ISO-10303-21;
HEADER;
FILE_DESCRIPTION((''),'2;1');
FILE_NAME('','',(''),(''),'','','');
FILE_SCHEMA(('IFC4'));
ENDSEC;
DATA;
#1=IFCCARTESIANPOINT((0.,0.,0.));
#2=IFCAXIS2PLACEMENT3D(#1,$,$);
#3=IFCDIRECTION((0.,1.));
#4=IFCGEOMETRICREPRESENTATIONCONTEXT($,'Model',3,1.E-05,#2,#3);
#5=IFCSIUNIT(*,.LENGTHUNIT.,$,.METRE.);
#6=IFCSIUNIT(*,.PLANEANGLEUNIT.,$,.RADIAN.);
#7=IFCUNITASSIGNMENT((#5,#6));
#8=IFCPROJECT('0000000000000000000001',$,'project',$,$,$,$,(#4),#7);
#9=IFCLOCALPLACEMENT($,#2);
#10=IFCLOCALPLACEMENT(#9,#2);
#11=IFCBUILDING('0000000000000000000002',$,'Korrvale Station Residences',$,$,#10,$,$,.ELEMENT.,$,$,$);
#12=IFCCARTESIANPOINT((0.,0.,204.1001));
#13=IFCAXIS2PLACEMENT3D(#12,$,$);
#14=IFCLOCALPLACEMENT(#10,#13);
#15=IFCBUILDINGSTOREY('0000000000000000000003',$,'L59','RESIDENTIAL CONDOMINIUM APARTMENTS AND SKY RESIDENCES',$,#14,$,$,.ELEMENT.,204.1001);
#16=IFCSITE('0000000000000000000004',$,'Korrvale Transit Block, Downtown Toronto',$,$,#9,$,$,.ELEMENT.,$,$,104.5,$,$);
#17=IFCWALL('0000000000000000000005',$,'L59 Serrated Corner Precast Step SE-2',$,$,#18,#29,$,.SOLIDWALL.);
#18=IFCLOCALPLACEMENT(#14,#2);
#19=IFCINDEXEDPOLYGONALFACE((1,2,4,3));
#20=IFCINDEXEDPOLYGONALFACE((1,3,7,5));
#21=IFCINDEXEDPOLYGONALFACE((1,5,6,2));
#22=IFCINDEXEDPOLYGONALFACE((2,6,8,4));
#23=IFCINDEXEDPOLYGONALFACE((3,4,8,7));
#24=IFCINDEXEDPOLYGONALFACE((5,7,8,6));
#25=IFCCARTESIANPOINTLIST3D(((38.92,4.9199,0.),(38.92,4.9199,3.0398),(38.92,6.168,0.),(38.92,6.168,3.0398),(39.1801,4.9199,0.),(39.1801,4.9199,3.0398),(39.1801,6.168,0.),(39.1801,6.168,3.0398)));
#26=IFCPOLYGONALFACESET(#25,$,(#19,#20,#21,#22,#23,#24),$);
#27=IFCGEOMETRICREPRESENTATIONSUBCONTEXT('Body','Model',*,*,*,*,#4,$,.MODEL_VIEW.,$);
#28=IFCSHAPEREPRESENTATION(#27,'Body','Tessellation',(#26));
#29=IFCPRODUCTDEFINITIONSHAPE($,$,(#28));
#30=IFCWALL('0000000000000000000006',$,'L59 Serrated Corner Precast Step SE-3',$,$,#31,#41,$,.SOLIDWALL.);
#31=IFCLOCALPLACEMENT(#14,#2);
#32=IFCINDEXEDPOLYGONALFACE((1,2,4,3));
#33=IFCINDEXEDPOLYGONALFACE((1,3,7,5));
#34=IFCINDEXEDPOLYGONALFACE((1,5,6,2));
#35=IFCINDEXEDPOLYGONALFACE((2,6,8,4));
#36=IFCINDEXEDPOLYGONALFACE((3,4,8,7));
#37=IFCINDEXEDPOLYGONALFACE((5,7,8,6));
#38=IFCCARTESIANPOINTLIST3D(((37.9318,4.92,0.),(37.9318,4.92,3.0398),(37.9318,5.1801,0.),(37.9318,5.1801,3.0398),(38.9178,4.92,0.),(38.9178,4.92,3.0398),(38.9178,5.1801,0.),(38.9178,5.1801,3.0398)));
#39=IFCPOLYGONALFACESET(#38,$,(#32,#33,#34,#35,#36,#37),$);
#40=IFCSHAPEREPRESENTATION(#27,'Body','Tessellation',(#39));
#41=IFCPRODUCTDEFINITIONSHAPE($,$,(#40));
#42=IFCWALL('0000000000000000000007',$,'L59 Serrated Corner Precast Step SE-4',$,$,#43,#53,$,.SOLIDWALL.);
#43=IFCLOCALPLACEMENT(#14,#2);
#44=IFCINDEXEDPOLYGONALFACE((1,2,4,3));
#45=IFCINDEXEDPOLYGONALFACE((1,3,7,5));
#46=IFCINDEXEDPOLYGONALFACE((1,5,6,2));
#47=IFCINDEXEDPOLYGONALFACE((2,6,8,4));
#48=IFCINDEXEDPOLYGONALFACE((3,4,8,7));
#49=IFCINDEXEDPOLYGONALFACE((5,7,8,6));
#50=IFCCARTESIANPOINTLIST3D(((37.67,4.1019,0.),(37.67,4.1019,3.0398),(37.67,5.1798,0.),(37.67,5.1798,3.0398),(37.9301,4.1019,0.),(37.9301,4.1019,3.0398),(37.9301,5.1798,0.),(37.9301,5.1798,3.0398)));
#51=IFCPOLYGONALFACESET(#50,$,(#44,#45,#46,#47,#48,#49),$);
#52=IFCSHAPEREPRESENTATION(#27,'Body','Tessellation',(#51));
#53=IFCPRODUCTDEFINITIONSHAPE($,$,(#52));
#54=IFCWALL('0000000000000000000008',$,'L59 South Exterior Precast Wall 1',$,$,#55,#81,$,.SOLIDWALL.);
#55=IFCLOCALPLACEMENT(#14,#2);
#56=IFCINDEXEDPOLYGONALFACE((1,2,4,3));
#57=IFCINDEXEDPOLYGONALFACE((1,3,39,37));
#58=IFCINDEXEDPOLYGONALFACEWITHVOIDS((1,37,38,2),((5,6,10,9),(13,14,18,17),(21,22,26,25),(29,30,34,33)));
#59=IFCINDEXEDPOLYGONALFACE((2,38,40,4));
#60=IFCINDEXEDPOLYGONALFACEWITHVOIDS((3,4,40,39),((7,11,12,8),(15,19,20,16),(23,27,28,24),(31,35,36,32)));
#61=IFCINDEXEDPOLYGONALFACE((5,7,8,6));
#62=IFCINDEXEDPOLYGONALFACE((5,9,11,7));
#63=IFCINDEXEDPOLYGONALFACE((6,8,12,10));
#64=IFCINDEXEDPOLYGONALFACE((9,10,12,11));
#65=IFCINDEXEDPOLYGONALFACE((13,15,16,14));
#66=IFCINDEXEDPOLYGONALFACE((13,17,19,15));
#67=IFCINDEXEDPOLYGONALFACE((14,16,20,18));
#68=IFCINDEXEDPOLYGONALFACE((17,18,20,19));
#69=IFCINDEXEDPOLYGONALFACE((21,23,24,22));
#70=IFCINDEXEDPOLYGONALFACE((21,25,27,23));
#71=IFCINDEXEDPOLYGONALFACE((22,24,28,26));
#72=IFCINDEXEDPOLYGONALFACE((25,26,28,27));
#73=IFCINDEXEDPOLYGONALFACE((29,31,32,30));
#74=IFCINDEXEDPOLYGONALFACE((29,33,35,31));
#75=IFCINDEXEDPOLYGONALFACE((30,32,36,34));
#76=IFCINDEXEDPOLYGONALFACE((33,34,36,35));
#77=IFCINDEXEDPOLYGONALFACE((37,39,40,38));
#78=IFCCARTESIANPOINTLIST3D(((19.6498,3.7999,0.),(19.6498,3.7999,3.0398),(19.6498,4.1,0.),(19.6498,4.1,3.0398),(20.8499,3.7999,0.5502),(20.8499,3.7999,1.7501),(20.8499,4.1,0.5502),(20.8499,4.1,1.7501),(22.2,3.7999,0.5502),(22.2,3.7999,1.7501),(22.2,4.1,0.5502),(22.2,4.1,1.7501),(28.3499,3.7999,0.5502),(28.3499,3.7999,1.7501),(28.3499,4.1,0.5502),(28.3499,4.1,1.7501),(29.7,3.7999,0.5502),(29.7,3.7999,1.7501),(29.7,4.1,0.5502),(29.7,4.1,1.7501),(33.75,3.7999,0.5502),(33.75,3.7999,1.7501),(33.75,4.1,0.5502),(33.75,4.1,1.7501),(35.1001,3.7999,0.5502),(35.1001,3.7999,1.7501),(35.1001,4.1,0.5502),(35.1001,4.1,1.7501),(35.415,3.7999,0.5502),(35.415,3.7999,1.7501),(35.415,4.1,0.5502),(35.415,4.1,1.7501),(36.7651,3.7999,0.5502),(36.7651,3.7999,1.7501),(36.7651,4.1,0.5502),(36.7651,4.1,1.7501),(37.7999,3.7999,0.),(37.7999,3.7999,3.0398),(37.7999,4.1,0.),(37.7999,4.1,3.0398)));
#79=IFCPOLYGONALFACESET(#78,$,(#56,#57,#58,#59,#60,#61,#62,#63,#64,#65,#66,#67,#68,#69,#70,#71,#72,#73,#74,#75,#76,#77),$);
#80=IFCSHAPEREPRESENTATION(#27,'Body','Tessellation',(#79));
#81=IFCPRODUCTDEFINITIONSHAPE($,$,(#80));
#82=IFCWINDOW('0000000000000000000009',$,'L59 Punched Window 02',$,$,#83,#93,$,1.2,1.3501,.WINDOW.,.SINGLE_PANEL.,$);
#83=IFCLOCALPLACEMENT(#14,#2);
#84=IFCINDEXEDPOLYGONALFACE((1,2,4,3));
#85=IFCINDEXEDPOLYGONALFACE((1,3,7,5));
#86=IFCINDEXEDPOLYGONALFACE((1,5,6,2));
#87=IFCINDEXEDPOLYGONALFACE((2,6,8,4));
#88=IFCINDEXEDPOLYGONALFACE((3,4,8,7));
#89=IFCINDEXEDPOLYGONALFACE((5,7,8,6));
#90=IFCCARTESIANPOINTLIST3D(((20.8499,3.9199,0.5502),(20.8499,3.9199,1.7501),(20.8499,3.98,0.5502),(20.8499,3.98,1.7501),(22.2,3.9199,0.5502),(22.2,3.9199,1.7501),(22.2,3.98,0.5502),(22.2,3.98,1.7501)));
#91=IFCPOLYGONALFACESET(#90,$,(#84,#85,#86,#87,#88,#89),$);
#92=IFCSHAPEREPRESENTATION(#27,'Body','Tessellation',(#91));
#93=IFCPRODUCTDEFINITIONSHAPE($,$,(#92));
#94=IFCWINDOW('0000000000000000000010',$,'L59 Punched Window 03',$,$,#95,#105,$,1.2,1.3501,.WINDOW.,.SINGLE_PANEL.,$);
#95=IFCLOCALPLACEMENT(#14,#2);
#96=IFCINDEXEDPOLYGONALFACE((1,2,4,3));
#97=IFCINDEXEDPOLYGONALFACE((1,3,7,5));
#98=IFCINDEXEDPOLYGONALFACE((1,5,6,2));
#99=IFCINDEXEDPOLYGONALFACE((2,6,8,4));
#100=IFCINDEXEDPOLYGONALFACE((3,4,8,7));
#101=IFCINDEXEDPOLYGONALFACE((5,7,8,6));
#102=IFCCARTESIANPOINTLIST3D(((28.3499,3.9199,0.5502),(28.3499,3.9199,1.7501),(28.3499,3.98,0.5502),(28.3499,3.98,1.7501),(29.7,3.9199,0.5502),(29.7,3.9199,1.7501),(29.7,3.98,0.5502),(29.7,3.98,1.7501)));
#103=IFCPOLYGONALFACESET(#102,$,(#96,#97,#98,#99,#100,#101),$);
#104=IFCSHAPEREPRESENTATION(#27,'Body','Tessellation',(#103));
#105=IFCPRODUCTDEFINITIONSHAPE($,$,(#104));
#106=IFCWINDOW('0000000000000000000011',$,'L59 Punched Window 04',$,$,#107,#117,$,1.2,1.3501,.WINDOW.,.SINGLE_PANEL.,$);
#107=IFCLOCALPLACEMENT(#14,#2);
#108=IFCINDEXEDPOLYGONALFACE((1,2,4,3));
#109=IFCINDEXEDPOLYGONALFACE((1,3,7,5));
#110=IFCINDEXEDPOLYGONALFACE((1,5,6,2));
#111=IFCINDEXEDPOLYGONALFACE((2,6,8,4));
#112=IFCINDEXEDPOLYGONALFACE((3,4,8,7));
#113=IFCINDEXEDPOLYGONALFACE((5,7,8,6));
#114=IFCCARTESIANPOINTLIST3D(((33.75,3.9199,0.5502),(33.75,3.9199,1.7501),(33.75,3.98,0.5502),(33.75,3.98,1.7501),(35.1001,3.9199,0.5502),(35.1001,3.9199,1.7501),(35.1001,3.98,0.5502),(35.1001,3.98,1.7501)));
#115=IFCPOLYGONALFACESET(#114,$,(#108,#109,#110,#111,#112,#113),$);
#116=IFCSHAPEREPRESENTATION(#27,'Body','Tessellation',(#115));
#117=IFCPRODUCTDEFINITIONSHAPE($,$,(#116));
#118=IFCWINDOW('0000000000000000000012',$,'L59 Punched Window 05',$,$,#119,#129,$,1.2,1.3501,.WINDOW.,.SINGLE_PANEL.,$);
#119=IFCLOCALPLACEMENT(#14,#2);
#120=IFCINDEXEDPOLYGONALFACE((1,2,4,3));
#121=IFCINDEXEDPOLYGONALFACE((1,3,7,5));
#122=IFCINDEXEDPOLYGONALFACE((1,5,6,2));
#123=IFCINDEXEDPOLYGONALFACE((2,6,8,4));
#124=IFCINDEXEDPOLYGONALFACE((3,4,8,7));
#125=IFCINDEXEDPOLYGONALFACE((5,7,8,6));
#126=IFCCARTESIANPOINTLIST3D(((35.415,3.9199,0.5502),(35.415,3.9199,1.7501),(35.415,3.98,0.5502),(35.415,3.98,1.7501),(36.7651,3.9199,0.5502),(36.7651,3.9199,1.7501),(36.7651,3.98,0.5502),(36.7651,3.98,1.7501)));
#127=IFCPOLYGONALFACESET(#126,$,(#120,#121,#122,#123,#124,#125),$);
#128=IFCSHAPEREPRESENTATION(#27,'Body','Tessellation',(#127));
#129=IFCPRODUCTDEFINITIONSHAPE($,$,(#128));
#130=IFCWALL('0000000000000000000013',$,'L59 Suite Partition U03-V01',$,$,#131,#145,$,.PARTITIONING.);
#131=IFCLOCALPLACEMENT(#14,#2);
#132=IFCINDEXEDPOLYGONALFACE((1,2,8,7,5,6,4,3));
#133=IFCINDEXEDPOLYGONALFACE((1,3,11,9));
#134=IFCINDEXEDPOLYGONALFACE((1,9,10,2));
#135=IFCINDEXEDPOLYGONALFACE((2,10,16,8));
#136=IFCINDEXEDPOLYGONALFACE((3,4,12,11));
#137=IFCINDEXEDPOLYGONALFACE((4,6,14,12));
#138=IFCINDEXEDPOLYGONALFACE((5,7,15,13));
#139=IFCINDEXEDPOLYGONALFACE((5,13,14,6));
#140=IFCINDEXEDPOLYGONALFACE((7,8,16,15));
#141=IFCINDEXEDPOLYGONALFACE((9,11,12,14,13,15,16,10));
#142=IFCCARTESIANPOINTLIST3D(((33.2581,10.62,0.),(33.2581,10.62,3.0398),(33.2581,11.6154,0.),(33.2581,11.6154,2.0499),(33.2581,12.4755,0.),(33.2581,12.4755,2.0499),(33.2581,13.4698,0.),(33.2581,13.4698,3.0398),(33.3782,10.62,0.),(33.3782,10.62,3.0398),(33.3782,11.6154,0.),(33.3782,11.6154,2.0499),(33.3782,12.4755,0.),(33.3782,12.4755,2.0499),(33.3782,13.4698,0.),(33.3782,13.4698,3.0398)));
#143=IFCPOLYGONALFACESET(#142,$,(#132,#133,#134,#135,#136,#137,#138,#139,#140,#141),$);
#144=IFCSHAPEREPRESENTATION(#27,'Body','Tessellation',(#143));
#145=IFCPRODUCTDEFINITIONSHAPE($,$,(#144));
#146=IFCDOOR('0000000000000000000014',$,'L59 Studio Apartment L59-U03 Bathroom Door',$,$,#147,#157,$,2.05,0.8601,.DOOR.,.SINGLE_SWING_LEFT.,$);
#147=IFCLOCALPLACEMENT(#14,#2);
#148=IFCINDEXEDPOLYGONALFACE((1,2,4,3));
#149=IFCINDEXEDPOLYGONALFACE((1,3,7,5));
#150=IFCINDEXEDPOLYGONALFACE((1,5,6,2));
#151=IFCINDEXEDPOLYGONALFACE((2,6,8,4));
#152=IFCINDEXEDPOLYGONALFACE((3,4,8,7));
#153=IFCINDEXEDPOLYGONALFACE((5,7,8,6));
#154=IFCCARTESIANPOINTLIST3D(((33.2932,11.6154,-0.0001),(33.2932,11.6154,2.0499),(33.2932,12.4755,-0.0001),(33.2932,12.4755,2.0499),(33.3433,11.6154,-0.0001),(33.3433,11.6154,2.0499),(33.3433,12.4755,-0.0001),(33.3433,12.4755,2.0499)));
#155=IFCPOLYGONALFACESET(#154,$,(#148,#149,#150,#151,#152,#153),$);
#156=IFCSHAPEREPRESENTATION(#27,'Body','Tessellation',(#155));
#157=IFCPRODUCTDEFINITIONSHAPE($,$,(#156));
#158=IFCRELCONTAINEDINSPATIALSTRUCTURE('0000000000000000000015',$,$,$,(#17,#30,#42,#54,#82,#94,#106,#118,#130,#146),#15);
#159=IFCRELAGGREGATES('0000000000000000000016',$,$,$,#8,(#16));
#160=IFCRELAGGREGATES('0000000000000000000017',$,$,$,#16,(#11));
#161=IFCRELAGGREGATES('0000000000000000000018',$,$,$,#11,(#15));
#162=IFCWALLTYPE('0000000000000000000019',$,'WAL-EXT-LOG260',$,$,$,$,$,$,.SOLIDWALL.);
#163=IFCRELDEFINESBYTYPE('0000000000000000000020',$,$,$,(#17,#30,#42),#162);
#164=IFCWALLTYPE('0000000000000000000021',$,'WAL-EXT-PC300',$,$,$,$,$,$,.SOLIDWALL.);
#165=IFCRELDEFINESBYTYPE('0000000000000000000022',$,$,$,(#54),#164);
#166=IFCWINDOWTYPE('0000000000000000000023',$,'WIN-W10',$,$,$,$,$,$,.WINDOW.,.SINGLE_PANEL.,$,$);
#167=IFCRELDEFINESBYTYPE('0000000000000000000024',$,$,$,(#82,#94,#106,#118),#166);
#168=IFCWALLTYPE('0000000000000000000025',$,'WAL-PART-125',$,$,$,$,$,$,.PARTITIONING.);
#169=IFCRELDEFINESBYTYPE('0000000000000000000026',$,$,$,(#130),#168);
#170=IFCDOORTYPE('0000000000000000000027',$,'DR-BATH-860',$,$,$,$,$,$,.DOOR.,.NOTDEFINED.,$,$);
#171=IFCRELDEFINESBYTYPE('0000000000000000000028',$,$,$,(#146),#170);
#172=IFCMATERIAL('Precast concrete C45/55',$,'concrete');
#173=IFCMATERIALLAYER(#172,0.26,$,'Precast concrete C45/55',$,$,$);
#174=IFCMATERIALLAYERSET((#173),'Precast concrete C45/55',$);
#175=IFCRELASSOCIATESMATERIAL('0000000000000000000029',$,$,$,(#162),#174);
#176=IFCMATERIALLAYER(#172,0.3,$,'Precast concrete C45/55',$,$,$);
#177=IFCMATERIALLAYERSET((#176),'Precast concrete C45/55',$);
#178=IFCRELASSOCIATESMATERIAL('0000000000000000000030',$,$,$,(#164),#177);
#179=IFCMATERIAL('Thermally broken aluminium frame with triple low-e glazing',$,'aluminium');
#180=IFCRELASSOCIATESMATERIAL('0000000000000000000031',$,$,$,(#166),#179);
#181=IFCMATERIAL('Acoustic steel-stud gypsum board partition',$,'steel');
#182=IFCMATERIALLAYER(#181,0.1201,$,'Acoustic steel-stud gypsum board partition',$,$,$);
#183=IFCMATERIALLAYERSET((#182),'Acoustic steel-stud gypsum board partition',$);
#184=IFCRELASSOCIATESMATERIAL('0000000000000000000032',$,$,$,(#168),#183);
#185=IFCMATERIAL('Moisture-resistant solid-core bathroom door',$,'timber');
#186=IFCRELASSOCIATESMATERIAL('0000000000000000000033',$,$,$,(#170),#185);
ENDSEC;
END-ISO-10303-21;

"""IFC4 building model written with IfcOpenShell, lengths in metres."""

from ifc_helpers import new_model, si_unit, direction, frame, frame_2d, origin, place, context, subcontext, project, spatial, rectangle, extrude, material, layer, layer_set, type_object, element, fill, save


model = new_model("IFC4")

# Units and contexts
model_context = context("Model", 3, precision=1e-05, world=origin(), true_north=direction((0.0, 1.0)))
body_context = subcontext(model_context, "Body", "Model", "MODEL_VIEW")
ifc_project = project(units=[si_unit("LENGTHUNIT", "METRE"), si_unit("PLANEANGLEUNIT", "RADIAN")], contexts=[model_context])

# Site, building, storey
site_placement = place(None, origin())
site = spatial("IfcSite", under=ifc_project, at=site_placement, Name="Korrvale Transit Block, Downtown Toronto", CompositionType="ELEMENT", RefElevation=104.5)
building_placement = place(site_placement, origin())
building = spatial("IfcBuilding", under=site, at=building_placement, Name="Korrvale Station Residences", CompositionType="ELEMENT")
storey_placement = place(building_placement, frame((0.0, 0.0, 204.1001)))
storey = spatial("IfcBuildingStorey", under=building, at=storey_placement, Name="L59", Description="RESIDENTIAL CONDOMINIUM APARTMENTS AND SKY RESIDENCES", CompositionType="ELEMENT", Elevation=204.1001)

# Walls
ifc_material_1 = material(Name="Precast concrete C45/55", Category="concrete")
ifc_layer_1 = layer(ifc_material_1, 0.26, Name="Precast concrete C45/55")
ifc_layer_set_1 = layer_set([ifc_layer_1], Name="Precast concrete C45/55")
wall_type_1 = type_object("IfcWallType", Name="WAL-EXT-LOG260", PredefinedType="SOLIDWALL", material=ifc_layer_set_1)
wall_1_placement = place(storey_placement, frame((39.05, 6.168, 0.0), z_axis=(0.0, 0.0, 1.0), x_axis=(0.0, -1.0, 0.0)))
element("IfcWall", 1, at=wall_1_placement, inside=storey, type_object=wall_type_1, Name="L59 Serrated Corner Precast Step SE-2", PredefinedType="SOLIDWALL", context=body_context, shape_type="SweptSolid", body=[
    extrude(rectangle(XDim=1.248, YDim=0.26, at=frame_2d((0.624, 0.0))), origin(), (0.0, 0.0, 1.0), 3.0398),
])
wall_2_placement = place(storey_placement, frame((38.918, 5.05, 0.0), z_axis=(0.0, 0.0, 1.0), x_axis=(-1.0, 0.0, 0.0)))
element("IfcWall", 2, at=wall_2_placement, inside=storey, type_object=wall_type_1, Name="L59 Serrated Corner Precast Step SE-3", PredefinedType="SOLIDWALL", context=body_context, shape_type="SweptSolid", body=[
    extrude(rectangle(XDim=0.9861, YDim=0.26, at=frame_2d((0.4932, 0.0))), origin(), (0.0, 0.0, 1.0), 3.0398),
])
wall_3_placement = place(storey_placement, frame((37.8, 5.1799, 0.0), z_axis=(0.0, 0.0, 1.0), x_axis=(0.0, -1.0, 0.0)))
element("IfcWall", 3, at=wall_3_placement, inside=storey, type_object=wall_type_1, Name="L59 Serrated Corner Precast Step SE-4", PredefinedType="SOLIDWALL", context=body_context, shape_type="SweptSolid", body=[
    extrude(rectangle(XDim=1.0779, YDim=0.26, at=frame_2d((0.5391, 0.0))), origin(), (0.0, 0.0, 1.0), 3.0398),
])

# Wall, openings, windows
ifc_layer_2 = layer(ifc_material_1, 0.3, Name="Precast concrete C45/55")
ifc_layer_set_2 = layer_set([ifc_layer_2], Name="Precast concrete C45/55")
wall_type_2 = type_object("IfcWallType", Name="WAL-EXT-PC300", PredefinedType="SOLIDWALL", material=ifc_layer_set_2)
wall_4_placement = place(storey_placement, frame((37.8, 3.95, 0.0), z_axis=(0.0, 0.0, 1.0), x_axis=(-1.0, 0.0, 0.0)))
wall_4 = element("IfcWall", 4, at=wall_4_placement, inside=storey, type_object=wall_type_2, Name="L59 South Exterior Precast Wall 1", PredefinedType="SOLIDWALL", context=body_context, shape_type="SweptSolid", body=[
    extrude(rectangle(XDim=18.1501, YDim=0.3, at=frame_2d((9.0752, 0.0))), origin(), (0.0, 0.0, 1.0), 3.0398),
])
opening_1_placement = place(wall_4_placement, frame((15.6001, 0.0, 0.55)))
opening_1 = element("IfcOpeningElement", 5, at=opening_1_placement, cuts=wall_4, PredefinedType="OPENING", context=body_context, shape_type="SweptSolid", body=[
    extrude(rectangle(XDim=1.3501, YDim=1.2, at=frame_2d((0.675, 0.6001))), frame((0.0, 0.1602, 0.0), z_axis=(0.0, -1.0, 0.0), x_axis=(1.0, 0.0, 0.0)), (0.0, 0.0, 1.0), 0.3201),
])
opening_2_placement = place(wall_4_placement, frame((8.1001, 0.0, 0.55)))
opening_2 = element("IfcOpeningElement", 6, at=opening_2_placement, cuts=wall_4, PredefinedType="OPENING", context=body_context, shape_type="SweptSolid", body=[
    extrude(rectangle(XDim=1.3501, YDim=1.2, at=frame_2d((0.675, 0.6001))), frame((0.0, 0.1602, 0.0), z_axis=(0.0, -1.0, 0.0), x_axis=(1.0, 0.0, 0.0)), (0.0, 0.0, 1.0), 0.3201),
])
opening_3_placement = place(wall_4_placement, frame((2.7, 0.0, 0.55)))
opening_3 = element("IfcOpeningElement", 7, at=opening_3_placement, cuts=wall_4, PredefinedType="OPENING", context=body_context, shape_type="SweptSolid", body=[
    extrude(rectangle(XDim=1.3501, YDim=1.2, at=frame_2d((0.675, 0.6001))), frame((0.0, 0.1602, 0.0), z_axis=(0.0, -1.0, 0.0), x_axis=(1.0, 0.0, 0.0)), (0.0, 0.0, 1.0), 0.3201),
])
opening_4_placement = place(wall_4_placement, frame((1.0349, 0.0, 0.55)))
opening_4 = element("IfcOpeningElement", 8, at=opening_4_placement, cuts=wall_4, PredefinedType="OPENING", context=body_context, shape_type="SweptSolid", body=[
    extrude(rectangle(XDim=1.3501, YDim=1.2, at=frame_2d((0.675, 0.6001))), frame((0.0, 0.1602, 0.0), z_axis=(0.0, -1.0, 0.0), x_axis=(1.0, 0.0, 0.0)), (0.0, 0.0, 1.0), 0.3201),
])
ifc_material_2 = material(Name="Thermally broken aluminium frame with triple low-e glazing", Category="aluminium")
window_type = type_object("IfcWindowType", Name="WIN-W10", PartitioningType="SINGLE_PANEL", PredefinedType="WINDOW", material=ifc_material_2)
window_1_placement = place(opening_1_placement, origin())
window_1 = element("IfcWindow", 9, at=window_1_placement, inside=storey, type_object=window_type, Name="L59 Punched Window 02", OverallHeight=1.2, OverallWidth=1.3501, PartitioningType="SINGLE_PANEL", PredefinedType="WINDOW", context=body_context, shape_type="SweptSolid", body=[
    extrude(rectangle(XDim=1.3501, YDim=1.2, at=frame_2d((0.675, 0.6001))), frame((0.0, 0.03, 0.0), z_axis=(0.0, -1.0, 0.0), x_axis=(1.0, 0.0, 0.0)), (0.0, 0.0, 1.0), 0.0601),
])
fill(opening_1, window_1)
window_2_placement = place(opening_2_placement, origin())
window_2 = element("IfcWindow", 10, at=window_2_placement, inside=storey, type_object=window_type, Name="L59 Punched Window 03", OverallHeight=1.2, OverallWidth=1.3501, PartitioningType="SINGLE_PANEL", PredefinedType="WINDOW", context=body_context, shape_type="SweptSolid", body=[
    extrude(rectangle(XDim=1.3501, YDim=1.2, at=frame_2d((0.675, 0.6001))), frame((0.0, 0.03, 0.0), z_axis=(0.0, -1.0, 0.0), x_axis=(1.0, 0.0, 0.0)), (0.0, 0.0, 1.0), 0.0601),
])
fill(opening_2, window_2)
window_3_placement = place(opening_3_placement, origin())
window_3 = element("IfcWindow", 11, at=window_3_placement, inside=storey, type_object=window_type, Name="L59 Punched Window 04", OverallHeight=1.2, OverallWidth=1.3501, PartitioningType="SINGLE_PANEL", PredefinedType="WINDOW", context=body_context, shape_type="SweptSolid", body=[
    extrude(rectangle(XDim=1.3501, YDim=1.2, at=frame_2d((0.675, 0.6001))), frame((0.0, 0.03, 0.0), z_axis=(0.0, -1.0, 0.0), x_axis=(1.0, 0.0, 0.0)), (0.0, 0.0, 1.0), 0.0601),
])
fill(opening_3, window_3)
window_4_placement = place(opening_4_placement, origin())
window_4 = element("IfcWindow", 12, at=window_4_placement, inside=storey, type_object=window_type, Name="L59 Punched Window 05", OverallHeight=1.2, OverallWidth=1.3501, PartitioningType="SINGLE_PANEL", PredefinedType="WINDOW", context=body_context, shape_type="SweptSolid", body=[
    extrude(rectangle(XDim=1.3501, YDim=1.2, at=frame_2d((0.675, 0.6001))), frame((0.0, 0.03, 0.0), z_axis=(0.0, -1.0, 0.0), x_axis=(1.0, 0.0, 0.0)), (0.0, 0.0, 1.0), 0.0601),
])
fill(opening_4, window_4)

# Wall, opening, door
ifc_material_3 = material(Name="Acoustic steel-stud gypsum board partition", Category="steel")
ifc_layer_3 = layer(ifc_material_3, 0.1201, Name="Acoustic steel-stud gypsum board partition")
ifc_layer_set_3 = layer_set([ifc_layer_3], Name="Acoustic steel-stud gypsum board partition")
wall_type_3 = type_object("IfcWallType", Name="WAL-PART-125", PredefinedType="PARTITIONING", material=ifc_layer_set_3)
wall_5_placement = place(storey_placement, frame((33.3181, 10.6201, 0.0), z_axis=(0.0, 0.0, 1.0), x_axis=(0.0, 1.0, 0.0)))
wall_5 = element("IfcWall", 13, at=wall_5_placement, inside=storey, type_object=wall_type_3, Name="L59 Suite Partition U03-V01", PredefinedType="PARTITIONING", context=body_context, shape_type="SweptSolid", body=[
    extrude(rectangle(XDim=2.8499, YDim=0.1201, at=frame_2d((1.4248, 0.0))), origin(), (0.0, 0.0, 1.0), 3.0398),
])
opening_5_placement = place(wall_5_placement, frame((0.9951, 0.0, 0.0)))
opening_5 = element("IfcOpeningElement", 14, at=opening_5_placement, cuts=wall_5, PredefinedType="OPENING", context=body_context, shape_type="SweptSolid", body=[
    extrude(rectangle(XDim=0.8601, YDim=2.05, at=frame_2d((0.4302, 1.0249))), frame((0.0, 0.0701, 0.0), z_axis=(0.0, -1.0, 0.0), x_axis=(1.0, 0.0, 0.0)), (0.0, 0.0, 1.0), 0.1401),
])
ifc_material_4 = material(Name="Moisture-resistant solid-core bathroom door", Category="timber")
door_type_1 = type_object("IfcDoorType", Name="DR-BATH-860", OperationType="NOTDEFINED", PredefinedType="DOOR", material=ifc_material_4)
door_1_placement = place(opening_5_placement, origin())
door_1 = element("IfcDoor", 15, at=door_1_placement, inside=storey, type_object=door_type_1, Name="L59 Studio Apartment L59-U03 Bathroom Door", OperationType="SINGLE_SWING_LEFT", OverallHeight=2.05, OverallWidth=0.8601, PredefinedType="DOOR", context=body_context, shape_type="SweptSolid", body=[
    extrude(rectangle(XDim=0.8601, YDim=2.05, at=frame_2d((0.4302, 1.0249))), frame((0.0, 0.0249, 0.0), z_axis=(0.0, -1.0, 0.0), x_axis=(1.0, 0.0, 0.0)), (0.0, 0.0, 1.0), 0.05),
])
fill(opening_5, door_1)

save(model, "model.ifc")
